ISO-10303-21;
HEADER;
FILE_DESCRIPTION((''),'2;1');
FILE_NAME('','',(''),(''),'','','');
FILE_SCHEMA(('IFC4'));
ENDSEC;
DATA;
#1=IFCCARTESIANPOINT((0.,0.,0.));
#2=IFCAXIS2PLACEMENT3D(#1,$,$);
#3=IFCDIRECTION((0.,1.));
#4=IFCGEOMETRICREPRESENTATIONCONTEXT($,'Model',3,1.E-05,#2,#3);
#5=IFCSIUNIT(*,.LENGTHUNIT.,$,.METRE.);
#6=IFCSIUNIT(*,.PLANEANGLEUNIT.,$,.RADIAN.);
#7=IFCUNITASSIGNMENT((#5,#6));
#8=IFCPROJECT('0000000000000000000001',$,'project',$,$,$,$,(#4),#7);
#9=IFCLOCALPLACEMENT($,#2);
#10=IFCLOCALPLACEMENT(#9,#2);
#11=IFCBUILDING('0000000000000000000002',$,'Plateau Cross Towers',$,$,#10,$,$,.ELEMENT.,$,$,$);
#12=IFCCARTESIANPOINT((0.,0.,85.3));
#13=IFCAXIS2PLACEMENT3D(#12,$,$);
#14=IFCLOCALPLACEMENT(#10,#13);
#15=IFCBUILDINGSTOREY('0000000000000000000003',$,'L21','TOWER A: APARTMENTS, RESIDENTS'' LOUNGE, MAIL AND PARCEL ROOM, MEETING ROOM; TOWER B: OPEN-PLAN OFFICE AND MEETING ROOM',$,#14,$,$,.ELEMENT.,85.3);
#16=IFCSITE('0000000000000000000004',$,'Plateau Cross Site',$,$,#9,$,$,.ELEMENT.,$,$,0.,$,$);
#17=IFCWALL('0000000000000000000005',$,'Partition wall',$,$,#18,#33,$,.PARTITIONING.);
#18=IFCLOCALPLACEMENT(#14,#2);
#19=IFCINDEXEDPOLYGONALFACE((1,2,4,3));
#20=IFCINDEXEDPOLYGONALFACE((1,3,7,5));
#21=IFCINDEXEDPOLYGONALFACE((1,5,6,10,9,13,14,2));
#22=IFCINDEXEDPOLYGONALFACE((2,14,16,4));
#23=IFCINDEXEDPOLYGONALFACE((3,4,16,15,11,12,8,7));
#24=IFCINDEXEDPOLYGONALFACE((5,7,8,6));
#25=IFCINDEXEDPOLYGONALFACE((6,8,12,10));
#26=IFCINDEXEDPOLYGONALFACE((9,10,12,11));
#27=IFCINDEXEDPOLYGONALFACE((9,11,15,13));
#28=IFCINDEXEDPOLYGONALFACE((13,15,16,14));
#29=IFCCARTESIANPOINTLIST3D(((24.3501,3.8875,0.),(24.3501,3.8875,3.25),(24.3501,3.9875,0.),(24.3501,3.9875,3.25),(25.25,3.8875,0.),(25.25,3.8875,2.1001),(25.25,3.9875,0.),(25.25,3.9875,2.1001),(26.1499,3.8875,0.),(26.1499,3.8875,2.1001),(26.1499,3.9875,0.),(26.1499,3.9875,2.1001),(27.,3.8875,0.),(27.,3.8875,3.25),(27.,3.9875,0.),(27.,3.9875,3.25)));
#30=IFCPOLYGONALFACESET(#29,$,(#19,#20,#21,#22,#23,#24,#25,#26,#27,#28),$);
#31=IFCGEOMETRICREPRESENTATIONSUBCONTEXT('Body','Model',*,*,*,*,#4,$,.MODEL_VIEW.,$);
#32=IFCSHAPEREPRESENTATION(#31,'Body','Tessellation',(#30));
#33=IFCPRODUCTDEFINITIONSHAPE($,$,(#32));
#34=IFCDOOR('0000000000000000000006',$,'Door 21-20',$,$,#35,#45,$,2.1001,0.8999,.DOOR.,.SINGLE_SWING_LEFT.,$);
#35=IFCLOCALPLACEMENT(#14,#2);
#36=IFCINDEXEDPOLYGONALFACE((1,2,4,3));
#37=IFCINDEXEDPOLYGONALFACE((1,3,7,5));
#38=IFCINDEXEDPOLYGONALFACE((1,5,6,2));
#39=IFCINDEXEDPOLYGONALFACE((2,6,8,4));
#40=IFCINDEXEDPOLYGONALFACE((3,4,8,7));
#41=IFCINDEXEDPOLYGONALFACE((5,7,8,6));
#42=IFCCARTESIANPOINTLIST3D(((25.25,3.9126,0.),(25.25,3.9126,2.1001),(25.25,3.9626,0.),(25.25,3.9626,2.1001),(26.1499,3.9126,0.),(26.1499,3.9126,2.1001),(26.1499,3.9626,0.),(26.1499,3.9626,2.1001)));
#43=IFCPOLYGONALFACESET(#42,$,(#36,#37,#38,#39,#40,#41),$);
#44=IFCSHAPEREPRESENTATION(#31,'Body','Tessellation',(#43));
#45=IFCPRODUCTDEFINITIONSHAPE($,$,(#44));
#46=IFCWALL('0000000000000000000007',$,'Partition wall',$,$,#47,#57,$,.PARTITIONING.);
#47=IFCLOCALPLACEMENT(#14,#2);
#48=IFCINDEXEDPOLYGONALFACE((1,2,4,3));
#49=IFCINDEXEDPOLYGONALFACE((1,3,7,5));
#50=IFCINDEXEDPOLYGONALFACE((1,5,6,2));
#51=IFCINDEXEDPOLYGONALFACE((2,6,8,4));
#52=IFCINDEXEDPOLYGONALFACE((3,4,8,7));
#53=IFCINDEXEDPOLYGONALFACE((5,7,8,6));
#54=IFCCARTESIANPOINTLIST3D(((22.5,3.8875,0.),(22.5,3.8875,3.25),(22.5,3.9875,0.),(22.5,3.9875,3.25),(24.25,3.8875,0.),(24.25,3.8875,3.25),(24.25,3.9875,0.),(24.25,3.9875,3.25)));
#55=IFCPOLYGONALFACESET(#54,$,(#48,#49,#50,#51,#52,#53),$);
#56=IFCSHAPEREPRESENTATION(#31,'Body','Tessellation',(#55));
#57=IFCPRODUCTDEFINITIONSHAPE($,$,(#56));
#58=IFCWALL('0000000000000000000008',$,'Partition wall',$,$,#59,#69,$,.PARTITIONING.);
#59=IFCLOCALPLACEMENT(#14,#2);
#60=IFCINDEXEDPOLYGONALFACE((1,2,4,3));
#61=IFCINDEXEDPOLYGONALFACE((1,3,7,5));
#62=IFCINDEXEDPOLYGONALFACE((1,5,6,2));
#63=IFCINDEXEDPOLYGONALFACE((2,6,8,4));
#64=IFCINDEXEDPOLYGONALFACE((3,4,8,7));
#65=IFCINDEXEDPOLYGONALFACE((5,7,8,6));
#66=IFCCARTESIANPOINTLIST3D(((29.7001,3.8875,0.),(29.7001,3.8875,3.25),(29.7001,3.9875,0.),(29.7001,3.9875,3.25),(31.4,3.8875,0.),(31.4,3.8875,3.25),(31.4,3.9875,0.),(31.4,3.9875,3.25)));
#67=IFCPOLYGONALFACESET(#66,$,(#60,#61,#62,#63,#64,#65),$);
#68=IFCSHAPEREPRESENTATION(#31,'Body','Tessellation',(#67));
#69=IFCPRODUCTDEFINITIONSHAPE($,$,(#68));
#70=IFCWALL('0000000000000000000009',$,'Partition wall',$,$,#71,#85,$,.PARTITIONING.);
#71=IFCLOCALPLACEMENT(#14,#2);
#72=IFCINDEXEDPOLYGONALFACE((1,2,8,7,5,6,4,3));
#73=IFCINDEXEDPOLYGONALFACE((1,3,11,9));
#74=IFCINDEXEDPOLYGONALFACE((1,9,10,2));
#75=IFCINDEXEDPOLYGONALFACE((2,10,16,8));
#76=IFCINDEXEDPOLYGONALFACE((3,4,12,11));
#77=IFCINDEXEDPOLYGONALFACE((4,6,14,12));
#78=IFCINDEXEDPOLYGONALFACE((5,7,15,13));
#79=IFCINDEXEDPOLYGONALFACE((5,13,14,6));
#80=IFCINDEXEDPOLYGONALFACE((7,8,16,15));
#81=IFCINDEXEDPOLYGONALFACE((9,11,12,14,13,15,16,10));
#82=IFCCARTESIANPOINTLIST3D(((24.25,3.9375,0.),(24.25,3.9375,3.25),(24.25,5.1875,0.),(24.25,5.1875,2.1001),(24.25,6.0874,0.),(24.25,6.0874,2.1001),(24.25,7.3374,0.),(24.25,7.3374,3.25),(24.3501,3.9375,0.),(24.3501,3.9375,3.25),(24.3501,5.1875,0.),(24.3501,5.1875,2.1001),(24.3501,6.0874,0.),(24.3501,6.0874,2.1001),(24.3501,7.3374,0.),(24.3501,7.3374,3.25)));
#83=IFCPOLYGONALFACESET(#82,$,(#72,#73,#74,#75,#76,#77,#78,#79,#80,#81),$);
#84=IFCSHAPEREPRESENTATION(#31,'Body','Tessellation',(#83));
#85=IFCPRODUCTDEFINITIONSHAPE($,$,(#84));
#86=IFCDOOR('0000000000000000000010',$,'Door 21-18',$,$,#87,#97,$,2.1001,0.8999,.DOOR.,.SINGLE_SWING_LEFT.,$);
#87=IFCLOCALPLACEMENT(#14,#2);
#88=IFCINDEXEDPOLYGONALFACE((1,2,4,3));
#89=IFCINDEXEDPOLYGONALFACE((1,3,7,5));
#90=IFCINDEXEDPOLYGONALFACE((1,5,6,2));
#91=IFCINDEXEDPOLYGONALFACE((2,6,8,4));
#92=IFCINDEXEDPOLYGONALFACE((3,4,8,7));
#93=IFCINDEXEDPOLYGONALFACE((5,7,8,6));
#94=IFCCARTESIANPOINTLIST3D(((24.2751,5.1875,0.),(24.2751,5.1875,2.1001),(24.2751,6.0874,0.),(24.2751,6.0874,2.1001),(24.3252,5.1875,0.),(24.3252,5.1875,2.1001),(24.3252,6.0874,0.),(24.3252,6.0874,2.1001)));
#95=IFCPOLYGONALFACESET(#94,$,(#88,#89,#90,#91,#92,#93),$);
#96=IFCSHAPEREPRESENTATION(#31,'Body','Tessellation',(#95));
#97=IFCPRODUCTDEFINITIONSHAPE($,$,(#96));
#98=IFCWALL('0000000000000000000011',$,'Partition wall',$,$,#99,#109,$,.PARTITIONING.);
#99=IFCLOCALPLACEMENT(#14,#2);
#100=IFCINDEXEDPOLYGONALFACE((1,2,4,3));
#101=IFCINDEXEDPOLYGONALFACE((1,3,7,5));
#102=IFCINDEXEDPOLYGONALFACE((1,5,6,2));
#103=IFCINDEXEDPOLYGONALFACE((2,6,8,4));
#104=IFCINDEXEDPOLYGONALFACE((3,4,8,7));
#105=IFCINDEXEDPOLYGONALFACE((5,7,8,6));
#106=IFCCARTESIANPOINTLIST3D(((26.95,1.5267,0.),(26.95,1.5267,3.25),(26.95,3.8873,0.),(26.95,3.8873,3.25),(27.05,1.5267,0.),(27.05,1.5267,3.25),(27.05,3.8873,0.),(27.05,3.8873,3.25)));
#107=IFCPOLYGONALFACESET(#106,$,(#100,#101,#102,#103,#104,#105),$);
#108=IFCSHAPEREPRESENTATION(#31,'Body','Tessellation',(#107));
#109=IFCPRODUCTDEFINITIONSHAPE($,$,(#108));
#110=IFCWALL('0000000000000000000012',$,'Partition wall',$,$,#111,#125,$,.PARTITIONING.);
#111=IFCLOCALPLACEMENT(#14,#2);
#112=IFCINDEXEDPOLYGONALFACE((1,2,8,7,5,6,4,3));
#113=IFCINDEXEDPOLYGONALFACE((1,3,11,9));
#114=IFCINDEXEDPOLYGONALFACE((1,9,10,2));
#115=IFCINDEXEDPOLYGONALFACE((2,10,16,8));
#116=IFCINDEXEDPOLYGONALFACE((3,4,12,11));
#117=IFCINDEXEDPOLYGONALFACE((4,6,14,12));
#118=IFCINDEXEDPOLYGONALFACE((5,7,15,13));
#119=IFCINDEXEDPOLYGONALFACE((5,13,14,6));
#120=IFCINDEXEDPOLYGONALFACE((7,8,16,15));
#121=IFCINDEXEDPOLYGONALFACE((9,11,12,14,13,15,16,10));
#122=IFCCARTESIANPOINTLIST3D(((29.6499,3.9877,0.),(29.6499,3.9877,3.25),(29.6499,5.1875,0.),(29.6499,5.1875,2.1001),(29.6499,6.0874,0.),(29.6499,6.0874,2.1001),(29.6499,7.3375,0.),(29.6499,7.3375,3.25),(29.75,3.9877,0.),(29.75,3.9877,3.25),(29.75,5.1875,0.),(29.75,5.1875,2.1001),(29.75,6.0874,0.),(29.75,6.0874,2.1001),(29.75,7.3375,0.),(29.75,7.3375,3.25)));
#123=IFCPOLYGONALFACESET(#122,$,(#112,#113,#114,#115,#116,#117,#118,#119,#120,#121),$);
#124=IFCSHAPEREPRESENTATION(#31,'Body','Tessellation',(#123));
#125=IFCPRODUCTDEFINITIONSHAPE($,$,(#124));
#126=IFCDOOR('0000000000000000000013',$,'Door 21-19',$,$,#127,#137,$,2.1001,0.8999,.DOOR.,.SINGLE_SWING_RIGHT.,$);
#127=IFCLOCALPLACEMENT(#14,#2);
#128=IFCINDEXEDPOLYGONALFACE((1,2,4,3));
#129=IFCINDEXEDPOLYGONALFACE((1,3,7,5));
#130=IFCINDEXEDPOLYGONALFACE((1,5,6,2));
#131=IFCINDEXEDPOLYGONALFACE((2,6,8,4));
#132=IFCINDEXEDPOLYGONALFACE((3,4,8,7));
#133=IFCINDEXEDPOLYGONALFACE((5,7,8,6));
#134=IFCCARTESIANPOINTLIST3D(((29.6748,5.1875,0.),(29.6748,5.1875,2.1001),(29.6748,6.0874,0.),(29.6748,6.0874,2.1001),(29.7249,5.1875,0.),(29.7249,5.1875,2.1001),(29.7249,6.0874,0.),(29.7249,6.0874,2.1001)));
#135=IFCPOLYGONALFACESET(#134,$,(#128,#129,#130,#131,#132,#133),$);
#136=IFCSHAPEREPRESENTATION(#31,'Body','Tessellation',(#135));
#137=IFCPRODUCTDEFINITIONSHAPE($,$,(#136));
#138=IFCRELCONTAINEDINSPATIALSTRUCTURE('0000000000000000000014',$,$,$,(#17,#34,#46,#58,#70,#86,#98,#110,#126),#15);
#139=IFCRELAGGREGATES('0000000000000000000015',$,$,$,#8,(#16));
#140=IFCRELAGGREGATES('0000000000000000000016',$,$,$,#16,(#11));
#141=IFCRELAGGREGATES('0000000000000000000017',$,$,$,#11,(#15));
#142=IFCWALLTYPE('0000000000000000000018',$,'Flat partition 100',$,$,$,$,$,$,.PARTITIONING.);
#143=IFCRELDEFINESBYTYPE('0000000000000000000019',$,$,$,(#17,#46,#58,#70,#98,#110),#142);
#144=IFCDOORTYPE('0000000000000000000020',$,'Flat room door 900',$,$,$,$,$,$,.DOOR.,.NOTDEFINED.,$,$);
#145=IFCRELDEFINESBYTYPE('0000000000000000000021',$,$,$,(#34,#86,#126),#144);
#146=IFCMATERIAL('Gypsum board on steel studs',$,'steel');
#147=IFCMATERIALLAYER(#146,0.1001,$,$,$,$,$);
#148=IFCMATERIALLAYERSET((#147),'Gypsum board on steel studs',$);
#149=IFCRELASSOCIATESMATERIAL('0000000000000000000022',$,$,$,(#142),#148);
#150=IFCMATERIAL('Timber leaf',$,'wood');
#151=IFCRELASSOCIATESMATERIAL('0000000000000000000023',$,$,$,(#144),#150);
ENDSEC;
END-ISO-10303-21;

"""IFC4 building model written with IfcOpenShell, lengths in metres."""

from ifc_helpers import new_model, si_unit, direction, frame, frame_2d, origin, place, context, subcontext, project, spatial, rectangle, extrude, material, layer, layer_set, type_object, element, fill, save


model = new_model("IFC4")

# Units and contexts
model_context = context("Model", 3, precision=1e-05, world=origin(), true_north=direction((0.0, 1.0)))
body_context = subcontext(model_context, "Body", "Model", "MODEL_VIEW")
ifc_project = project(units=[si_unit("LENGTHUNIT", "METRE"), si_unit("PLANEANGLEUNIT", "RADIAN")], contexts=[model_context])

# Site, building, storey
site_placement = place(None, origin())
site = spatial("IfcSite", under=ifc_project, at=site_placement, Name="Plateau Cross Site", CompositionType="ELEMENT", RefElevation=0.0)
building_placement = place(site_placement, origin())
building = spatial("IfcBuilding", under=site, at=building_placement, Name="Plateau Cross Towers", CompositionType="ELEMENT")
storey_placement = place(building_placement, frame((0.0, 0.0, 85.3)))
storey = spatial("IfcBuildingStorey", under=building, at=storey_placement, Name="L21", Description="TOWER A: APARTMENTS, RESIDENTS' LOUNGE, MAIL AND PARCEL ROOM, MEETING ROOM; TOWER B: OPEN-PLAN OFFICE AND MEETING ROOM", CompositionType="ELEMENT", Elevation=85.3)

# Wall, opening, door
ifc_material_1 = material(Name="Gypsum board on steel studs", Category="steel")
ifc_layer_1 = layer(ifc_material_1, 0.1001)
ifc_layer_set_1 = layer_set([ifc_layer_1], Name="Gypsum board on steel studs")
wall_type_1 = type_object("IfcWallType", Name="Flat partition 100", PredefinedType="PARTITIONING", material=ifc_layer_set_1)
wall_1_placement = place(storey_placement, frame((27.0, 3.9375, 0.0), z_axis=(0.0, 0.0, 1.0), x_axis=(-1.0, 0.0, 0.0)))
wall_1 = element("IfcWall", 1, at=wall_1_placement, inside=storey, type_object=wall_type_1, Name="Partition wall", PredefinedType="PARTITIONING", context=body_context, shape_type="SweptSolid", body=[
    extrude(rectangle(XDim=2.6499, YDim=0.1001, at=frame_2d((1.325, 0.0))), origin(), (0.0, 0.0, 1.0), 3.25),
])
opening_1_placement = place(wall_1_placement, frame((0.8501, 0.0, 0.0)))
opening_1 = element("IfcOpeningElement", 2, at=opening_1_placement, cuts=wall_1, PredefinedType="OPENING", context=body_context, shape_type="SweptSolid", body=[
    extrude(rectangle(XDim=0.8999, YDim=2.1001, at=frame_2d((0.45, 1.05))), frame((0.0, 0.0601, 0.0), z_axis=(0.0, -1.0, 0.0), x_axis=(1.0, 0.0, 0.0)), (0.0, 0.0, 1.0), 0.1201),
])
ifc_material_2 = material(Name="Timber leaf", Category="wood")
door_type_1 = type_object("IfcDoorType", Name="Flat room door 900", OperationType="NOTDEFINED", PredefinedType="DOOR", material=ifc_material_2)
door_1_placement = place(opening_1_placement, origin())
door_1 = element("IfcDoor", 3, at=door_1_placement, inside=storey, type_object=door_type_1, Name="Door 21-20", OperationType="SINGLE_SWING_LEFT", OverallHeight=2.1001, OverallWidth=0.8999, PredefinedType="DOOR", context=body_context, shape_type="SweptSolid", body=[
    extrude(rectangle(XDim=0.8999, YDim=2.1001, at=frame_2d((0.45, 1.05))), frame((0.0, 0.0249, 0.0), z_axis=(0.0, -1.0, 0.0), x_axis=(1.0, 0.0, 0.0)), (0.0, 0.0, 1.0), 0.05),
])
fill(opening_1, door_1)

# Walls
wall_2_placement = place(storey_placement, frame((22.5, 3.9375, 0.0), z_axis=(0.0, 0.0, 1.0), x_axis=(1.0, 0.0, 0.0)))
element("IfcWall", 4, at=wall_2_placement, inside=storey, type_object=wall_type_1, Name="Partition wall", PredefinedType="PARTITIONING", context=body_context, shape_type="SweptSolid", body=[
    extrude(rectangle(XDim=1.75, YDim=0.1001, at=frame_2d((0.875, 0.0))), origin(), (0.0, 0.0, 1.0), 3.25),
])
wall_3_placement = place(storey_placement, frame((29.7, 3.9375, 0.0), z_axis=(0.0, 0.0, 1.0), x_axis=(1.0, 0.0, 0.0)))
element("IfcWall", 5, at=wall_3_placement, inside=storey, type_object=wall_type_1, Name="Partition wall", PredefinedType="PARTITIONING", context=body_context, shape_type="SweptSolid", body=[
    extrude(rectangle(XDim=1.7, YDim=0.1001, at=frame_2d((0.8501, 0.0))), origin(), (0.0, 0.0, 1.0), 3.25),
])

# Wall, opening, door
wall_4_placement = place(storey_placement, frame((24.3, 3.9375, 0.0), z_axis=(0.0, 0.0, 1.0), x_axis=(0.0, 1.0, 0.0)))
wall_4 = element("IfcWall", 6, at=wall_4_placement, inside=storey, type_object=wall_type_1, Name="Partition wall", PredefinedType="PARTITIONING", context=body_context, shape_type="SweptSolid", body=[
    extrude(rectangle(XDim=3.3999, YDim=0.1001, at=frame_2d((1.7, 0.0))), origin(), (0.0, 0.0, 1.0), 3.25),
])
opening_2_placement = place(wall_4_placement, frame((1.25, 0.0, 0.0)))
opening_2 = element("IfcOpeningElement", 7, at=opening_2_placement, cuts=wall_4, PredefinedType="OPENING", context=body_context, shape_type="SweptSolid", body=[
    extrude(rectangle(XDim=0.8999, YDim=2.1001, at=frame_2d((0.45, 1.05))), frame((0.0, 0.0601, 0.0), z_axis=(0.0, -1.0, 0.0), x_axis=(1.0, 0.0, 0.0)), (0.0, 0.0, 1.0), 0.1201),
])
door_2_placement = place(opening_2_placement, origin())
door_2 = element("IfcDoor", 8, at=door_2_placement, inside=storey, type_object=door_type_1, Name="Door 21-18", OperationType="SINGLE_SWING_LEFT", OverallHeight=2.1001, OverallWidth=0.8999, PredefinedType="DOOR", context=body_context, shape_type="SweptSolid", body=[
    extrude(rectangle(XDim=0.8999, YDim=2.1001, at=frame_2d((0.45, 1.05))), frame((0.0, 0.0249, 0.0), z_axis=(0.0, -1.0, 0.0), x_axis=(1.0, 0.0, 0.0)), (0.0, 0.0, 1.0), 0.05),
])
fill(opening_2, door_2)

# Wall
wall_5_placement = place(storey_placement, frame((27.0, 1.5269, 0.0), z_axis=(0.0, 0.0, 1.0), x_axis=(0.0, 1.0, 0.0)))
element("IfcWall", 9, at=wall_5_placement, inside=storey, type_object=wall_type_1, Name="Partition wall", PredefinedType="PARTITIONING", context=body_context, shape_type="SweptSolid", body=[
    extrude(rectangle(XDim=2.3606, YDim=0.1001, at=frame_2d((1.1802, 0.0))), origin(), (0.0, 0.0, 1.0), 3.25),
])

# Wall, opening, door
wall_6_placement = place(storey_placement, frame((29.7, 7.3374, 0.0), z_axis=(0.0, 0.0, 1.0), x_axis=(0.0, -1.0, 0.0)))
wall_6 = element("IfcWall", 10, at=wall_6_placement, inside=storey, type_object=wall_type_1, Name="Partition wall", PredefinedType="PARTITIONING", context=body_context, shape_type="SweptSolid", body=[
    extrude(rectangle(XDim=3.3499, YDim=0.1001, at=frame_2d((1.6748, 0.0))), origin(), (0.0, 0.0, 1.0), 3.25),
])
opening_3_placement = place(wall_6_placement, frame((1.25, 0.0, 0.0)))
opening_3 = element("IfcOpeningElement", 11, at=opening_3_placement, cuts=wall_6, PredefinedType="OPENING", context=body_context, shape_type="SweptSolid", body=[
    extrude(rectangle(XDim=0.8999, YDim=2.1001, at=frame_2d((0.45, 1.05))), frame((0.0, 0.0601, 0.0), z_axis=(0.0, -1.0, 0.0), x_axis=(1.0, 0.0, 0.0)), (0.0, 0.0, 1.0), 0.1201),
])
door_3_placement = place(opening_3_placement, origin())
door_3 = element("IfcDoor", 12, at=door_3_placement, inside=storey, type_object=door_type_1, Name="Door 21-19", OperationType="SINGLE_SWING_RIGHT", OverallHeight=2.1001, OverallWidth=0.8999, PredefinedType="DOOR", context=body_context, shape_type="SweptSolid", body=[
    extrude(rectangle(XDim=0.8999, YDim=2.1001, at=frame_2d((0.45, 1.05))), frame((0.0, 0.0249, 0.0), z_axis=(0.0, -1.0, 0.0), x_axis=(1.0, 0.0, 0.0)), (0.0, 0.0, 1.0), 0.05),
])
fill(opening_3, door_3)

save(model, "model.ifc")
